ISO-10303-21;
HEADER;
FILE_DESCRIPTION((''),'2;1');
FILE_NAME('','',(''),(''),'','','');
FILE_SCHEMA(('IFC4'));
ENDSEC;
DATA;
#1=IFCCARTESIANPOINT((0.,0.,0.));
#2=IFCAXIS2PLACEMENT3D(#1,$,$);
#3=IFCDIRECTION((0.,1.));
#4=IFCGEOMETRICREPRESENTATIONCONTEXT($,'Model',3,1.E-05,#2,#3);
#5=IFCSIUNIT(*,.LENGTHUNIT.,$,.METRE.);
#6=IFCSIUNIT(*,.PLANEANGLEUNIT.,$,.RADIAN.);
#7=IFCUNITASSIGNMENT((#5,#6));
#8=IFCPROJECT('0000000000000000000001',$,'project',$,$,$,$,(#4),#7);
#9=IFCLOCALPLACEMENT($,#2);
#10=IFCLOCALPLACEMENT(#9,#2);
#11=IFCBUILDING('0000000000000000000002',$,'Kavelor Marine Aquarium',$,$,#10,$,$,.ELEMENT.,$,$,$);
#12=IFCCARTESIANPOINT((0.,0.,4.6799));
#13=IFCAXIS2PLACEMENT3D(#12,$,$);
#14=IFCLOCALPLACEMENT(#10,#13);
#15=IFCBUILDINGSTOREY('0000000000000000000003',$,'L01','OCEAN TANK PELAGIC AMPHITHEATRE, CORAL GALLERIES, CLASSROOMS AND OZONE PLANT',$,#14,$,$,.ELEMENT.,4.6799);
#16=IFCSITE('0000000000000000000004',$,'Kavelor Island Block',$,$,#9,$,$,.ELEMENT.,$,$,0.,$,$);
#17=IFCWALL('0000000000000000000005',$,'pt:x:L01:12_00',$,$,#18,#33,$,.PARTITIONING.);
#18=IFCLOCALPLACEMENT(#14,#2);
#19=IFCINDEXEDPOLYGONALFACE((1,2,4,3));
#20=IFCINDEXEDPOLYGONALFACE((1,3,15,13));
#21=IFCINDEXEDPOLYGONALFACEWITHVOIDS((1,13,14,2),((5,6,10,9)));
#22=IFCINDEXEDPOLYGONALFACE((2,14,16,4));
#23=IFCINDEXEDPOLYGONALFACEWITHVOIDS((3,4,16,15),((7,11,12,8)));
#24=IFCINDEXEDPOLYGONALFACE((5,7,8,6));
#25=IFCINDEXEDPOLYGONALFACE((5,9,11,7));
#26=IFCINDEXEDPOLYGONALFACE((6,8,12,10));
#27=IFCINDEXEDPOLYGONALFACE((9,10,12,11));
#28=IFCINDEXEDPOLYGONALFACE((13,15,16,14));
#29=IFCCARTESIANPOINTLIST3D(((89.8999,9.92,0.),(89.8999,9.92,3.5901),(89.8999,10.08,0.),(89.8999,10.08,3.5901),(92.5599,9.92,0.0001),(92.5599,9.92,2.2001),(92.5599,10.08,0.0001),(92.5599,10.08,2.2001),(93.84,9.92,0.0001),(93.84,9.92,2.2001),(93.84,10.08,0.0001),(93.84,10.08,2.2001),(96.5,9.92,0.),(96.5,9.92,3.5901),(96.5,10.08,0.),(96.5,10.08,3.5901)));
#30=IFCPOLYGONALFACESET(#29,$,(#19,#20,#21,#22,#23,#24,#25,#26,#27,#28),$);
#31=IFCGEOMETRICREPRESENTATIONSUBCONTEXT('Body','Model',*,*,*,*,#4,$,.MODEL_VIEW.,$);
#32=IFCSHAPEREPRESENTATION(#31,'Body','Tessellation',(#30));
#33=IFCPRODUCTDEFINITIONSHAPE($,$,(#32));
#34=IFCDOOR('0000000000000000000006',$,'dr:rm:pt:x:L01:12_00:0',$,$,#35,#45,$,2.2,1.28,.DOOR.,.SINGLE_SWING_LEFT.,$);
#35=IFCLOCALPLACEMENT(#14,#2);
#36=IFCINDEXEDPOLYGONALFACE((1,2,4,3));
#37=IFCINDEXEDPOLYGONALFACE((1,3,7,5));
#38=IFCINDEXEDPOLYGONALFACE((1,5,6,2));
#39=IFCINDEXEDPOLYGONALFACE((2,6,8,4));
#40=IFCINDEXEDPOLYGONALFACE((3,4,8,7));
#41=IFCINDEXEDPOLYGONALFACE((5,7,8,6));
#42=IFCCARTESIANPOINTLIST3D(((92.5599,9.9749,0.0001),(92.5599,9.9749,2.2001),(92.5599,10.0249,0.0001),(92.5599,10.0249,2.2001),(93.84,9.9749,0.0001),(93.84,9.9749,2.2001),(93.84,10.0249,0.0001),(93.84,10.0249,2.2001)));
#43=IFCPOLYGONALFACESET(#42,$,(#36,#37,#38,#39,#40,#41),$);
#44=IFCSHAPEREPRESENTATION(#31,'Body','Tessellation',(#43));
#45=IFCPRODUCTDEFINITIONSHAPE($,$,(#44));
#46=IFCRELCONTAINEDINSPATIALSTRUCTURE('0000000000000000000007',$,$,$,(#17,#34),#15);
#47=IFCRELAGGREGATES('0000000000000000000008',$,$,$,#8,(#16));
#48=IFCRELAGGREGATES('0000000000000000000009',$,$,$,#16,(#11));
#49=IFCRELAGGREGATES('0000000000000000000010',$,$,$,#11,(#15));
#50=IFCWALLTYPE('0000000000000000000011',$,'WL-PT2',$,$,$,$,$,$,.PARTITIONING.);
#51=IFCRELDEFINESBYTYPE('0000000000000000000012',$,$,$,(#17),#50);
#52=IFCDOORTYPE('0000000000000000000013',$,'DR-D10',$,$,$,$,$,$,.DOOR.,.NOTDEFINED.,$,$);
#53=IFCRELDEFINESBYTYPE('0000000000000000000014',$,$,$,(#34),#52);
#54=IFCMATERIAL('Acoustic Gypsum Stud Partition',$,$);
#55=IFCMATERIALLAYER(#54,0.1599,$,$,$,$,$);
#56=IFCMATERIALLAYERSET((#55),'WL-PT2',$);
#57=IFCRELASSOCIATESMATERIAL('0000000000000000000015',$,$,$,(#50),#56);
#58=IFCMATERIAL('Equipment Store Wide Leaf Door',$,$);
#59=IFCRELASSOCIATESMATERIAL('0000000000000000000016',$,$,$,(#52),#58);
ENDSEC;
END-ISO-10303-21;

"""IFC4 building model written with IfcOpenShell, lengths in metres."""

from ifc_helpers import new_model, si_unit, direction, frame, frame_2d, origin, place, context, subcontext, project, spatial, rectangle, extrude, material, layer, layer_set, type_object, element, fill, save


model = new_model("IFC4")

# Units and contexts
model_context = context("Model", 3, precision=1e-05, world=origin(), true_north=direction((0.0, 1.0)))
body_context = subcontext(model_context, "Body", "Model", "MODEL_VIEW")
ifc_project = project(units=[si_unit("LENGTHUNIT", "METRE"), si_unit("PLANEANGLEUNIT", "RADIAN")], contexts=[model_context])

# Site, building, storey
site_placement = place(None, origin())
site = spatial("IfcSite", under=ifc_project, at=site_placement, Name="Kavelor Island Block", CompositionType="ELEMENT", RefElevation=0.0)
building_placement = place(site_placement, origin())
building = spatial("IfcBuilding", under=site, at=building_placement, Name="Kavelor Marine Aquarium", CompositionType="ELEMENT")
storey_placement = place(building_placement, frame((0.0, 0.0, 4.6799)))
storey = spatial("IfcBuildingStorey", under=building, at=storey_placement, Name="L01", Description="OCEAN TANK PELAGIC AMPHITHEATRE, CORAL GALLERIES, CLASSROOMS AND OZONE PLANT", CompositionType="ELEMENT", Elevation=4.6799)

# Wall, opening, door
ifc_material_1 = material(Name="Acoustic Gypsum Stud Partition")
ifc_layer_1 = layer(ifc_material_1, 0.1599)
ifc_layer_set_1 = layer_set([ifc_layer_1], Name="WL-PT2")
wall_type_1 = type_object("IfcWallType", Name="WL-PT2", PredefinedType="PARTITIONING", material=ifc_layer_set_1)
wall_1_placement = place(storey_placement, frame((89.8999, 10.0, 0.0), z_axis=(0.0, 0.0, 1.0), x_axis=(1.0, 0.0, 0.0)))
wall_1 = element("IfcWall", 1, at=wall_1_placement, inside=storey, type_object=wall_type_1, Name="pt:x:L01:12_00", PredefinedType="PARTITIONING", context=body_context, shape_type="SweptSolid", body=[
    extrude(rectangle(XDim=6.6001, YDim=0.1599, at=frame_2d((3.3, 0.0))), origin(), (0.0, 0.0, 1.0), 3.5901),
])
opening_1_placement = place(wall_1_placement, frame((2.6599, 0.0, 0.0)))
opening_1 = element("IfcOpeningElement", 2, at=opening_1_placement, cuts=wall_1, PredefinedType="OPENING", context=body_context, shape_type="SweptSolid", body=[
    extrude(rectangle(XDim=1.28, YDim=2.2, at=frame_2d((0.6401, 1.1001))), frame((0.0, 0.0898, 0.0), z_axis=(0.0, -1.0, 0.0), x_axis=(1.0, 0.0, 0.0)), (0.0, 0.0, 1.0), 0.1799),
])
ifc_material_2 = material(Name="Equipment Store Wide Leaf Door")
door_type = type_object("IfcDoorType", Name="DR-D10", OperationType="NOTDEFINED", PredefinedType="DOOR", material=ifc_material_2)
door_placement = place(opening_1_placement, origin())
door = element("IfcDoor", 3, at=door_placement, inside=storey, type_object=door_type, Name="dr:rm:pt:x:L01:12_00:0", OperationType="SINGLE_SWING_LEFT", OverallHeight=2.2, OverallWidth=1.28, PredefinedType="DOOR", context=body_context, shape_type="SweptSolid", body=[
    extrude(rectangle(XDim=1.28, YDim=2.2, at=frame_2d((0.6401, 1.1001))), frame((0.0, 0.0249, 0.0), z_axis=(0.0, -1.0, 0.0), x_axis=(1.0, 0.0, 0.0)), (0.0, 0.0, 1.0), 0.05),
])
fill(opening_1, door)

save(model, "model.ifc")
